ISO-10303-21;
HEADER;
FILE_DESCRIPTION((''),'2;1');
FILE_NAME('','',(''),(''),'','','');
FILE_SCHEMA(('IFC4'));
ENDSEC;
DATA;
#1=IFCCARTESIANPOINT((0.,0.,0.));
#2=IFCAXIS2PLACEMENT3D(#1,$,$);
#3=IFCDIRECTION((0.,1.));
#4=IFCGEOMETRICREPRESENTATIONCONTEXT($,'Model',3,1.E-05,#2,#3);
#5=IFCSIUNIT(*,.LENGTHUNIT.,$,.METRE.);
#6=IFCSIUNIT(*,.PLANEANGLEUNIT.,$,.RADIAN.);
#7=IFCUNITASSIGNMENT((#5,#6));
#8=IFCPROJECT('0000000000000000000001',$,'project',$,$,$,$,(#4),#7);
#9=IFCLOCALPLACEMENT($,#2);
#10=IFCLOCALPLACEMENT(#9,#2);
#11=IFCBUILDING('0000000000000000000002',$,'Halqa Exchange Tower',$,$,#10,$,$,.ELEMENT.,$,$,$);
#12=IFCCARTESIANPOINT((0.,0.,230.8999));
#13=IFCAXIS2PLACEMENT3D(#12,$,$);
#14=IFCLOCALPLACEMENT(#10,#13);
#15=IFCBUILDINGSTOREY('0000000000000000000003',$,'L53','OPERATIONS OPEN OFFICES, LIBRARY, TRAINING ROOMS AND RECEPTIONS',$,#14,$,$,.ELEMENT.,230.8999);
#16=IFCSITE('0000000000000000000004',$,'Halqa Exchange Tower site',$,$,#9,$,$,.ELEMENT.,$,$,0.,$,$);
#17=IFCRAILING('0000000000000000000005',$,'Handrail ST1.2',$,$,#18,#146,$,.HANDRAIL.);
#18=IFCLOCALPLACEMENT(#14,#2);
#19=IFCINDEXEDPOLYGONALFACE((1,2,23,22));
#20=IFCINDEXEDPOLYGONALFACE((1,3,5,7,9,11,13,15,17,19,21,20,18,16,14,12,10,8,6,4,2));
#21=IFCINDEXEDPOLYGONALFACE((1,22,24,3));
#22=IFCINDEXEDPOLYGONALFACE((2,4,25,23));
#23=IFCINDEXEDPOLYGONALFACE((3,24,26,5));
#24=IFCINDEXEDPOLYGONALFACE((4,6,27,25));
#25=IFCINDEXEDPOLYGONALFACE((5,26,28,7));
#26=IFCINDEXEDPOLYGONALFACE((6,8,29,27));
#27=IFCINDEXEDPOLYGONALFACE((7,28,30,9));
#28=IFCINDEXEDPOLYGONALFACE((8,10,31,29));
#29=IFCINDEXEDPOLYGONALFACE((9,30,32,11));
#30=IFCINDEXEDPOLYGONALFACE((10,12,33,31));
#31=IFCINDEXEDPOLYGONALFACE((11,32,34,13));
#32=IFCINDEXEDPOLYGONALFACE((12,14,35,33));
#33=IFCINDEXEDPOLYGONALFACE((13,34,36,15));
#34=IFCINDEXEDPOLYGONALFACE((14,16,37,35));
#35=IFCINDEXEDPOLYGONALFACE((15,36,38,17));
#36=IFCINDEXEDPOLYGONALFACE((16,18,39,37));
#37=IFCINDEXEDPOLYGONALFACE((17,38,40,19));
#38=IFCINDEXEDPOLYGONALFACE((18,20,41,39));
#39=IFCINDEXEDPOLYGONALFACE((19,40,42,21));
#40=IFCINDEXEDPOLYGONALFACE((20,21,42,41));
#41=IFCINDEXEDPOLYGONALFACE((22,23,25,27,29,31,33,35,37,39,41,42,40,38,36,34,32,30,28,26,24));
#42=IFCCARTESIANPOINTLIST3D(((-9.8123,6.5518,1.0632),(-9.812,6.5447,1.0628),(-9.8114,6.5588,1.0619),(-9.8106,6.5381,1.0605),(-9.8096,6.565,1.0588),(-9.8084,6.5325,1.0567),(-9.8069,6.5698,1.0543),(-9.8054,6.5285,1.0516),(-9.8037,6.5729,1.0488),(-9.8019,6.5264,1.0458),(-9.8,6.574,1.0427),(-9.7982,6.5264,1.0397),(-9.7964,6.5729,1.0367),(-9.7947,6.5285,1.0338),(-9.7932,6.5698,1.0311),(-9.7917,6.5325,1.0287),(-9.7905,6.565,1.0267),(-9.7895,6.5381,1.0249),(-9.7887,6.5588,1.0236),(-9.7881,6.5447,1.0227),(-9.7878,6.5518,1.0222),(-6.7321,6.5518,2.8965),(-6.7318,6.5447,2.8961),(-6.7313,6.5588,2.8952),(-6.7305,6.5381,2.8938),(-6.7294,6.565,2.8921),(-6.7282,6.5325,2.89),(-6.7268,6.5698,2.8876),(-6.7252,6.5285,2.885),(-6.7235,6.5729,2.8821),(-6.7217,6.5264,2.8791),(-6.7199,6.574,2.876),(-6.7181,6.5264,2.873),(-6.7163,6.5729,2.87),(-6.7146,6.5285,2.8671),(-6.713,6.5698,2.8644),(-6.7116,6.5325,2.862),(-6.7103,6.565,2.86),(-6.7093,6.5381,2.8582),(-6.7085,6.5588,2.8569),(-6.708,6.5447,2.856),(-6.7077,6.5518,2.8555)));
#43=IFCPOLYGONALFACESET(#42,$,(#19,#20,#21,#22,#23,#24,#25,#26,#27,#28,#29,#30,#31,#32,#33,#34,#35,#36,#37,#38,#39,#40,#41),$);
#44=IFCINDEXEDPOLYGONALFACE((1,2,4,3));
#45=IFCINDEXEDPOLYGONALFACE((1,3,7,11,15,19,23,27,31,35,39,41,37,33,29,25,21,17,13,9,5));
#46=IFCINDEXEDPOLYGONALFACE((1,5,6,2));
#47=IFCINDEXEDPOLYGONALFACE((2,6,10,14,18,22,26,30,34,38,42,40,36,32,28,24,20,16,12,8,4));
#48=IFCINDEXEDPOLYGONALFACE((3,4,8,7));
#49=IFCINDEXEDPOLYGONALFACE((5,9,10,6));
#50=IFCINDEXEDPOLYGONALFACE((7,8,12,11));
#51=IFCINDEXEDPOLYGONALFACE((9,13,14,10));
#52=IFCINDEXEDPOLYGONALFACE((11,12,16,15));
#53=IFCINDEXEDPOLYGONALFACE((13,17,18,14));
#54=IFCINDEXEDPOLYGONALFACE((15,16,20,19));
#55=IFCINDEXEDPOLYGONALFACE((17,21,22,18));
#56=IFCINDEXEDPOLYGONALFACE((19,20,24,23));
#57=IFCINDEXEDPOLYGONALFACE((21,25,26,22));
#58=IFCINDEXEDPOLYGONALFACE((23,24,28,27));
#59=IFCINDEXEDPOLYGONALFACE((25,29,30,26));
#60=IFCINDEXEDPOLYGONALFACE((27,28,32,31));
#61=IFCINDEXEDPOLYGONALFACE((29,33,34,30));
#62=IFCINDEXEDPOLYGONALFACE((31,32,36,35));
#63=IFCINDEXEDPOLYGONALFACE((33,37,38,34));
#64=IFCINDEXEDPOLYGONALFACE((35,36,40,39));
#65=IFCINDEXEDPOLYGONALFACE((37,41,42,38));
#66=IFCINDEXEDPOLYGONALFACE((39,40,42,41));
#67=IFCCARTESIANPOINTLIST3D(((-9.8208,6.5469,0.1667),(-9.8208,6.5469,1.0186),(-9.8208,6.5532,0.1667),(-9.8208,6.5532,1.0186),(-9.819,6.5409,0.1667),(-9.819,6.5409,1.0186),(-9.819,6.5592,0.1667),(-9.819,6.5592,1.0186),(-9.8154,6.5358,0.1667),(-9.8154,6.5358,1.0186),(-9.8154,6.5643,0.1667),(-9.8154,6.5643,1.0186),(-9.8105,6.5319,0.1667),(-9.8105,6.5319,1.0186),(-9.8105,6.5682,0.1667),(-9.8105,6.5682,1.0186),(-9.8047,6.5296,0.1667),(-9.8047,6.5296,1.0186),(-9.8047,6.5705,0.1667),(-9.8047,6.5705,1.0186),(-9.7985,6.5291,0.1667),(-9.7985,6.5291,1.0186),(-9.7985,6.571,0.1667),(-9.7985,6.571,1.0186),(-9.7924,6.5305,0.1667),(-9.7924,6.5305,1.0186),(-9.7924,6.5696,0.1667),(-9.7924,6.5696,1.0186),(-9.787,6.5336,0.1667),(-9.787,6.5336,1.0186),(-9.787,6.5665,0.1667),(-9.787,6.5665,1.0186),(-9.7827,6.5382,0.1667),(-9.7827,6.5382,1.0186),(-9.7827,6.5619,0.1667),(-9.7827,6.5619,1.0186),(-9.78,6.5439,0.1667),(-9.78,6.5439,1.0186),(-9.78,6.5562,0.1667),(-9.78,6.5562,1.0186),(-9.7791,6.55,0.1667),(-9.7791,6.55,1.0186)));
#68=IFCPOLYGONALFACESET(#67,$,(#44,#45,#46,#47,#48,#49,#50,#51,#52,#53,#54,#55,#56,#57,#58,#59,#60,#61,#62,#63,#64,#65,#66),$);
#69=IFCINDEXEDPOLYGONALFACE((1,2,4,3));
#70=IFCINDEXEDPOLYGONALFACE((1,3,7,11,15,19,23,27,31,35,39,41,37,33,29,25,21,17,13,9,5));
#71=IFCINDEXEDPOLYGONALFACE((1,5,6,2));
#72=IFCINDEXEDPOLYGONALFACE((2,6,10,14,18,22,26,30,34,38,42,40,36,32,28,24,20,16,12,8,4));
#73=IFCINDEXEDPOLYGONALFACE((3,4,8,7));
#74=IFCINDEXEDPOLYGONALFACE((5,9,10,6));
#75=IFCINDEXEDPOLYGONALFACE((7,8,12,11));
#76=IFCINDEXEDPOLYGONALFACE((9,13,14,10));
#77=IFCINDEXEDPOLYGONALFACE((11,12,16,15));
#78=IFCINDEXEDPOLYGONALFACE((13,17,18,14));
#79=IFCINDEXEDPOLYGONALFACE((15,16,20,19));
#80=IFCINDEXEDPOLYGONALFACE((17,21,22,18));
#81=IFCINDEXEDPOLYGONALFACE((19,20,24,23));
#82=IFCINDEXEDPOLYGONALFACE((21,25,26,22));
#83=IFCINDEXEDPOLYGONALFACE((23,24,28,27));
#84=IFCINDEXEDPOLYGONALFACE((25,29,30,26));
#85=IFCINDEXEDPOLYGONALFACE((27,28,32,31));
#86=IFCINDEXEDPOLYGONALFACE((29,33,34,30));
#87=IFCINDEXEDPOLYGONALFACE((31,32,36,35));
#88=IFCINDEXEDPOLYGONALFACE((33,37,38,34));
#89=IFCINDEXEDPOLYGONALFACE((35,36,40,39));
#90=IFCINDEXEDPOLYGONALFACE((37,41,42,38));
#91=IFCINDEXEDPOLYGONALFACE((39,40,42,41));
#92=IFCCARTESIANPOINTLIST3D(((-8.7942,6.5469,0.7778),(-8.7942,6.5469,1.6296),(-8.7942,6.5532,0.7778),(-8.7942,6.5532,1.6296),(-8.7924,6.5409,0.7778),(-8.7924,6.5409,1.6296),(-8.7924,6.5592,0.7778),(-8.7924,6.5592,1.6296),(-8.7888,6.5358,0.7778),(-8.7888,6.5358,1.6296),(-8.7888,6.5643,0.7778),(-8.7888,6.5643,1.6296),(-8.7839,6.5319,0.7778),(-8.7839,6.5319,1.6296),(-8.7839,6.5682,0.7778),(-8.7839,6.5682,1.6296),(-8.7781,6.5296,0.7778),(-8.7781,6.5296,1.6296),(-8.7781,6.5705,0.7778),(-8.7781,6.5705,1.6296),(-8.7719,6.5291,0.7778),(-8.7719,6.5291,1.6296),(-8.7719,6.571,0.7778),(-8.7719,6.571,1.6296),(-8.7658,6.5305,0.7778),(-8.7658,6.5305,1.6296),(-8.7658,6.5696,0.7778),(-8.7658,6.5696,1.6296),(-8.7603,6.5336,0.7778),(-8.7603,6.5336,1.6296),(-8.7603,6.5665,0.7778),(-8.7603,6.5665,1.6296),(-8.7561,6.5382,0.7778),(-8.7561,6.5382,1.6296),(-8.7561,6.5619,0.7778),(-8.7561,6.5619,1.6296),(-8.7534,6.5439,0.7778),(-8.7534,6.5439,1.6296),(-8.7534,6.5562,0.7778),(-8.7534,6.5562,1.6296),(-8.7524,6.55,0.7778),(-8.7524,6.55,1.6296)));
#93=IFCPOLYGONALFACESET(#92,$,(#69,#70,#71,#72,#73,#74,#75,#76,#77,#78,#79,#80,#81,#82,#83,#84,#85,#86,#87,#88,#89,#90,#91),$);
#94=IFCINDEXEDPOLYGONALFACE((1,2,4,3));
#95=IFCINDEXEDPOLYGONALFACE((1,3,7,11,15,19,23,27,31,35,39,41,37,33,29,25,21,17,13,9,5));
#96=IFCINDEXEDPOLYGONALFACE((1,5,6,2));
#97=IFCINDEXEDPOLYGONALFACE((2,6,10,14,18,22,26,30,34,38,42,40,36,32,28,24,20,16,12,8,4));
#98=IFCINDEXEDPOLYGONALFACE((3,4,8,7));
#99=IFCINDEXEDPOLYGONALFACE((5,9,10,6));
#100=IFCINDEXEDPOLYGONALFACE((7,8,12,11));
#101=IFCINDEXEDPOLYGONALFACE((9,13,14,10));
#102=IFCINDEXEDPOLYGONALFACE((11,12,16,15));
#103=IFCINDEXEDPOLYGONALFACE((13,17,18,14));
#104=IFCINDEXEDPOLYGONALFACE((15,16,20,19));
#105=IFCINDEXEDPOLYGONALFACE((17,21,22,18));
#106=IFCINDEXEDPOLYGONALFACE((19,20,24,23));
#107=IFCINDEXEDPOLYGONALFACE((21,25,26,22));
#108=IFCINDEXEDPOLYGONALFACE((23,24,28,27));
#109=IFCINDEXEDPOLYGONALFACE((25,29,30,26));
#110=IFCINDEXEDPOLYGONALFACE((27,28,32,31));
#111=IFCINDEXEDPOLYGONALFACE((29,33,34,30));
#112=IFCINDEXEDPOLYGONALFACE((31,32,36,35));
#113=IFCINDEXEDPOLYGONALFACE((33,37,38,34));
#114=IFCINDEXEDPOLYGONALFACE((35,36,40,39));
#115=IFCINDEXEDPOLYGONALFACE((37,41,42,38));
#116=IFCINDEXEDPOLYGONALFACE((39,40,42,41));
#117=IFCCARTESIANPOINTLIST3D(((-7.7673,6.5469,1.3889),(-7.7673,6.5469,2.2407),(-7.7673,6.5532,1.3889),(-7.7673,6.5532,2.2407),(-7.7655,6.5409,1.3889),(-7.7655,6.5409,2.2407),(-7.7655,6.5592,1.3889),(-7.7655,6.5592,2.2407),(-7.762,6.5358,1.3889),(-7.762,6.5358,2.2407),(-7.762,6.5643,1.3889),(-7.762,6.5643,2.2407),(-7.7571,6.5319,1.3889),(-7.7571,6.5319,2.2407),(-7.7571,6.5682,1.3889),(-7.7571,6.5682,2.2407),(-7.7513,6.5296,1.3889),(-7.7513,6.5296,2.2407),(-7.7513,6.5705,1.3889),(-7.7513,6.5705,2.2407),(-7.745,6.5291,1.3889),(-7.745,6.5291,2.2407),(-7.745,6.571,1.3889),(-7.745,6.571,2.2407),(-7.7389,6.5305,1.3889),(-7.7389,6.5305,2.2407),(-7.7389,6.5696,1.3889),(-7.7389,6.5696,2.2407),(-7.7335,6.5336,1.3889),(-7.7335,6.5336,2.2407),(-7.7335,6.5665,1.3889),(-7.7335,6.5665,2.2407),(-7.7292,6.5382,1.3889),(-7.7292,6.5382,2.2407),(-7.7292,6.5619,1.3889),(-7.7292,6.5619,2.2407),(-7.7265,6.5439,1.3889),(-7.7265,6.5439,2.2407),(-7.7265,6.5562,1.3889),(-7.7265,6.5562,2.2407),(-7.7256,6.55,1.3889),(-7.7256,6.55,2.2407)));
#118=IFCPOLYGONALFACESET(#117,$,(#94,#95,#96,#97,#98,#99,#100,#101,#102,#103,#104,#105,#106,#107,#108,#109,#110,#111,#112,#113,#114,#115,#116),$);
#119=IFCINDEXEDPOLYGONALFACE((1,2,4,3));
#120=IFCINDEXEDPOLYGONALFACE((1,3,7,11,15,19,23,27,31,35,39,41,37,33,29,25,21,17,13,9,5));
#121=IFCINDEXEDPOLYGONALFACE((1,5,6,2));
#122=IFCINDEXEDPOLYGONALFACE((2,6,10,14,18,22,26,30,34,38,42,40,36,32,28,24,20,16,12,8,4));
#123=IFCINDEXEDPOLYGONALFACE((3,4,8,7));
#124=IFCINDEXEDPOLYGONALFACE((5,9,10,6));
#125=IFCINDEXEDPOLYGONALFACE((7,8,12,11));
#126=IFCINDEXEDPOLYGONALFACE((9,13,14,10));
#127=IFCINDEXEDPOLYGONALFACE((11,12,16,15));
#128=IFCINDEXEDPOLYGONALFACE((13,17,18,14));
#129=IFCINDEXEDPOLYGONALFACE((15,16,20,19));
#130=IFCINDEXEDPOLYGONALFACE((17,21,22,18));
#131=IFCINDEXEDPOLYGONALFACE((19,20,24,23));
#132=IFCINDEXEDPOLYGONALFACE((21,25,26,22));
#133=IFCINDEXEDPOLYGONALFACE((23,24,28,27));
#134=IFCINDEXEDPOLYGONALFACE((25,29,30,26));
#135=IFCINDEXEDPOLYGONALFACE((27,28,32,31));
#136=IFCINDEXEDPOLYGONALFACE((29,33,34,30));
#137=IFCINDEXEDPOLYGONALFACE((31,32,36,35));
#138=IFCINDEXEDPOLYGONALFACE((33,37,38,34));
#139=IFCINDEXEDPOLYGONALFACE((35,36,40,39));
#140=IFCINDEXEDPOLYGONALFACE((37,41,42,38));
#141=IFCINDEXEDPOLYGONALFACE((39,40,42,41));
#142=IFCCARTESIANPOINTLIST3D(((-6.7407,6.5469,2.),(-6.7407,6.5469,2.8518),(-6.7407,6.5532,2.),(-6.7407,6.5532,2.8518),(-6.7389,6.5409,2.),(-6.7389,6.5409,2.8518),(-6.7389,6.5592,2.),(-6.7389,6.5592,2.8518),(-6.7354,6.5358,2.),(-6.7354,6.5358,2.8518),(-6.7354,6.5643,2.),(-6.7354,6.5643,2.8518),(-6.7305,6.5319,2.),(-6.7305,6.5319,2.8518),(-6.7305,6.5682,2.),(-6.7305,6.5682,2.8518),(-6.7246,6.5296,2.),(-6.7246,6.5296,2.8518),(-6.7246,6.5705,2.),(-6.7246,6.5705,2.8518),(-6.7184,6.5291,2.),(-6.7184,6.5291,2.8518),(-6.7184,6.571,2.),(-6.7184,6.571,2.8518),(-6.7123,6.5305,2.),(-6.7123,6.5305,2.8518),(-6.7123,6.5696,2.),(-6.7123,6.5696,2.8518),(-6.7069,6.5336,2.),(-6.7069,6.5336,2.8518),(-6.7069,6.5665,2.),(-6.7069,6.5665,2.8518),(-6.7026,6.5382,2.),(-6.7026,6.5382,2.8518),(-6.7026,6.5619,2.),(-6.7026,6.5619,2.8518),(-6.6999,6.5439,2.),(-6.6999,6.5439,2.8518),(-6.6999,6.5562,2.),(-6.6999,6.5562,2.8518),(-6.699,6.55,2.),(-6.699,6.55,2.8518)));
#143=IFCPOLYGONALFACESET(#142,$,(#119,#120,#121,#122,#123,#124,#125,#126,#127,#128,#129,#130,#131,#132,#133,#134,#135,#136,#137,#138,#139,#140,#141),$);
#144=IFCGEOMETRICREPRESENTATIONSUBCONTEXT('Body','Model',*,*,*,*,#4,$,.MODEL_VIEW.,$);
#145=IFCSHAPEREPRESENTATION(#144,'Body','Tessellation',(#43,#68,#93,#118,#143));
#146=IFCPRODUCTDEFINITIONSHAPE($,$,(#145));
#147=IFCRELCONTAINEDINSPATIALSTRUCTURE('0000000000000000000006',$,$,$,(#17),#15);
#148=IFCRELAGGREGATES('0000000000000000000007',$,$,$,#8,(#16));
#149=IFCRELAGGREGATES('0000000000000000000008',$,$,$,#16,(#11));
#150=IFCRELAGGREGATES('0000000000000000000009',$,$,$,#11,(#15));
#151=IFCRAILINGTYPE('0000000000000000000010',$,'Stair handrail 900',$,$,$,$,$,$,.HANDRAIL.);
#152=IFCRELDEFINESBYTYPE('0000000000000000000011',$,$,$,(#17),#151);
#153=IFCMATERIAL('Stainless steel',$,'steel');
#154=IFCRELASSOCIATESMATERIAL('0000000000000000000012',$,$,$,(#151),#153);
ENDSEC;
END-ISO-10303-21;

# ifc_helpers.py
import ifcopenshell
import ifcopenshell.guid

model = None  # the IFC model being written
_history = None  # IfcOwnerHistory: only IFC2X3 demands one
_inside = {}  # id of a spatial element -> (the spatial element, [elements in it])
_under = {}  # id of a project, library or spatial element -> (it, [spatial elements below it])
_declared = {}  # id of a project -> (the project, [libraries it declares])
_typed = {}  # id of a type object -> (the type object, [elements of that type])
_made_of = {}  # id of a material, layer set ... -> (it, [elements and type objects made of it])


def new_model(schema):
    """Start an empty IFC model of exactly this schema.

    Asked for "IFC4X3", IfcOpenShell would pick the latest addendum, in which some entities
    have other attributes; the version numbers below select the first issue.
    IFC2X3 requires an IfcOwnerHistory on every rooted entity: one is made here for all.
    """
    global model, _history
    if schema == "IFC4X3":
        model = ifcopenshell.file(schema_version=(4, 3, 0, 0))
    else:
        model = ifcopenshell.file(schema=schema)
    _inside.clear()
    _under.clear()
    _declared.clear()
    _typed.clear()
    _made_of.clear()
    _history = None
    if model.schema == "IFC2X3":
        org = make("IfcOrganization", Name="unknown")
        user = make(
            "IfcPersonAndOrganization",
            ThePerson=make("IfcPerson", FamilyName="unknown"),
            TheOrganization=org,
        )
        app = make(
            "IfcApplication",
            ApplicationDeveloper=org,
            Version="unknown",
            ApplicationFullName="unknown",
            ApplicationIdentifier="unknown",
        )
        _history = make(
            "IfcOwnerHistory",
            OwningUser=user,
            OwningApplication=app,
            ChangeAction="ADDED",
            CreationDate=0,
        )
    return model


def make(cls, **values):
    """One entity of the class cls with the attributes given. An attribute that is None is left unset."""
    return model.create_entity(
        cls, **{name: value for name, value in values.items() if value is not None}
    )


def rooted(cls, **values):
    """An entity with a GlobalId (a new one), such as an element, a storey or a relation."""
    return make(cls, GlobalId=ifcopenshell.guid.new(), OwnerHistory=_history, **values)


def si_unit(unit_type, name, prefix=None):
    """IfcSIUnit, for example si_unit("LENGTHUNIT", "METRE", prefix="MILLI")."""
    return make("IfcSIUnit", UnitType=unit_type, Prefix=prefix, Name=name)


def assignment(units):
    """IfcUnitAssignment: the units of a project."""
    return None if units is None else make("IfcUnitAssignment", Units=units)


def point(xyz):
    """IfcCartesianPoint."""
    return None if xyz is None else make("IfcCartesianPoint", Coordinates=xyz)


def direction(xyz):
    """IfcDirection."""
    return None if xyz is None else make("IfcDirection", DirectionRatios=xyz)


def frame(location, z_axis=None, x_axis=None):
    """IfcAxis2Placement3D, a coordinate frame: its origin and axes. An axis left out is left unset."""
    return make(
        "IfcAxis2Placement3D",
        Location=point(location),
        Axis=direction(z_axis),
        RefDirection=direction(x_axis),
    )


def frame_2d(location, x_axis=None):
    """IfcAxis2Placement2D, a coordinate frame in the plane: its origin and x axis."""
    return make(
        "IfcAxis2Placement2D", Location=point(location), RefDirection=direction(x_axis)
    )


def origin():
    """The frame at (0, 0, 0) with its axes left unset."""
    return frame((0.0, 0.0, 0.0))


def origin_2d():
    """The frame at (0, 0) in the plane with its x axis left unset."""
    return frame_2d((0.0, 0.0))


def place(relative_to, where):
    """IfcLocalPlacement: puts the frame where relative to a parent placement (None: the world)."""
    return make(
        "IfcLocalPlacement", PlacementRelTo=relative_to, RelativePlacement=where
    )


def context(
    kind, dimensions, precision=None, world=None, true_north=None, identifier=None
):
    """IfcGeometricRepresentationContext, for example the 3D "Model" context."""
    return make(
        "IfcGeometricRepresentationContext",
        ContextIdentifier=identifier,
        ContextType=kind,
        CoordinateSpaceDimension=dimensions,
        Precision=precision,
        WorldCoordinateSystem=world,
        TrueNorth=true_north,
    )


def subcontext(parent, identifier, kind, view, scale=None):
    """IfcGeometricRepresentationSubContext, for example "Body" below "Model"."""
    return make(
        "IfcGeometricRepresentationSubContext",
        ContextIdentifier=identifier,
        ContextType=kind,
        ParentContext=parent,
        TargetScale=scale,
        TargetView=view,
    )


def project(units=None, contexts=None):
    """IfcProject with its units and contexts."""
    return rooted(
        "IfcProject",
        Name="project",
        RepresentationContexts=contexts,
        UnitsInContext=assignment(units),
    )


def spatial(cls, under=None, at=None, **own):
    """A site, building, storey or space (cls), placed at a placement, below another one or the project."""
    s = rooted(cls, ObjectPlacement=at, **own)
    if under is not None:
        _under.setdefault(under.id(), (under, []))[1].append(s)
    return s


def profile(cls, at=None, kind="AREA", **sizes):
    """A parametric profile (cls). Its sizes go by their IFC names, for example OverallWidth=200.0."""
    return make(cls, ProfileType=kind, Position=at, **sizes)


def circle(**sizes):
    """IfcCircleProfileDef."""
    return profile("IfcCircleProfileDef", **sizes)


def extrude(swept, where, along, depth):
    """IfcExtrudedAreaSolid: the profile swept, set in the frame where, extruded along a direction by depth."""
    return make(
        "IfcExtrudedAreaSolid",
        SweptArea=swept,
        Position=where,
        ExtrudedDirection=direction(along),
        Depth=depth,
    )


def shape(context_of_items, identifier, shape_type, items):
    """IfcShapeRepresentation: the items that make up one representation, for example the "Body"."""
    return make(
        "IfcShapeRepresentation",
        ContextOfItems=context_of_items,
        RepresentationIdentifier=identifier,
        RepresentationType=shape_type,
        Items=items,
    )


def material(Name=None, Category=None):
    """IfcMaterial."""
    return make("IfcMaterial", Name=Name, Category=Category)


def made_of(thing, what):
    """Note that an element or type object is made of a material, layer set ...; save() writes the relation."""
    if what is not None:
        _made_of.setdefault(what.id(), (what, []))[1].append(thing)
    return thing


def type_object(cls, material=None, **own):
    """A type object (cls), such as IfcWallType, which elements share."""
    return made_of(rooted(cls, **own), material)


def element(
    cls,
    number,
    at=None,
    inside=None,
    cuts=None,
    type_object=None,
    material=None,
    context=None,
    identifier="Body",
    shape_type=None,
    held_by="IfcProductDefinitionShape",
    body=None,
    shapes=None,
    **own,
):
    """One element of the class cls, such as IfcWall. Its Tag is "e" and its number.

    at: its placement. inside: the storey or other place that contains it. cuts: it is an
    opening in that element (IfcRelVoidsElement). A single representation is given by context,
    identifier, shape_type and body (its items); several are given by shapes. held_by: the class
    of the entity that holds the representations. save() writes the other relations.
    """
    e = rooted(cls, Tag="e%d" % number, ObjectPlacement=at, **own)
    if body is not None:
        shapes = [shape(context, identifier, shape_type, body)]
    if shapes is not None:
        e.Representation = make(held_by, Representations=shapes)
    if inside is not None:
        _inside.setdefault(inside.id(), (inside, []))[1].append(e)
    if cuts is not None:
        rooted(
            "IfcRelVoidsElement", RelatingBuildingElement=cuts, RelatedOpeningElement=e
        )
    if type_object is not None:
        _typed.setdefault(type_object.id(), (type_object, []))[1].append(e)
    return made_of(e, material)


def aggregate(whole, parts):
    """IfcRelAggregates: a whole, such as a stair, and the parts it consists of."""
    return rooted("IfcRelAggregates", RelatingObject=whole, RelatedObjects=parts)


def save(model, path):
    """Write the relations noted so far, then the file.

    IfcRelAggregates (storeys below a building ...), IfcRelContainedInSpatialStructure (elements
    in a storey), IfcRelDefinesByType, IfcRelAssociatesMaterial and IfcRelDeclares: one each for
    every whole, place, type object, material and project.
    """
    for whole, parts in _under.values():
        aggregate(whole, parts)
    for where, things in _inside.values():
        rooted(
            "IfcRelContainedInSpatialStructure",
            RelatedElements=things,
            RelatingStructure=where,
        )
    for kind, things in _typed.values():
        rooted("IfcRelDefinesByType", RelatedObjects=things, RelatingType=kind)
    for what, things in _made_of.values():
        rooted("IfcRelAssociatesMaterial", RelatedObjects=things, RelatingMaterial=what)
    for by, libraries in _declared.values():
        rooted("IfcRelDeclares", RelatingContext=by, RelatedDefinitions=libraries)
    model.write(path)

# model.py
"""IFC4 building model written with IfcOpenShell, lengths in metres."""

from ifc_helpers import new_model, si_unit, direction, frame, origin, origin_2d, place, context, subcontext, project, spatial, circle, extrude, material, type_object, element, save


model = new_model("IFC4")

# Units and contexts
model_context = context("Model", 3, precision=1e-05, world=origin(), true_north=direction((0.0, 1.0)))
body_context = subcontext(model_context, "Body", "Model", "MODEL_VIEW")
ifc_project = project(units=[si_unit("LENGTHUNIT", "METRE"), si_unit("PLANEANGLEUNIT", "RADIAN")], contexts=[model_context])

# Site, building, storey
site_placement = place(None, origin())
site = spatial("IfcSite", under=ifc_project, at=site_placement, Name="Halqa Exchange Tower site", CompositionType="ELEMENT", RefElevation=0.0)
building_placement = place(site_placement, origin())
building = spatial("IfcBuilding", under=site, at=building_placement, Name="Halqa Exchange Tower", CompositionType="ELEMENT")
storey_placement = place(building_placement, frame((0.0, 0.0, 230.8999)))
storey = spatial("IfcBuildingStorey", under=building, at=storey_placement, Name="L53", Description="OPERATIONS OPEN OFFICES, LIBRARY, TRAINING ROOMS AND RECEPTIONS", CompositionType="ELEMENT", Elevation=230.8999)

# Railing
ifc_material_1 = material(Name="Stainless steel", Category="steel")
railing_type_1 = type_object("IfcRailingType", Name="Stair handrail 900", PredefinedType="HANDRAIL", material=ifc_material_1)
railing_1_placement = place(storey_placement, frame((-9.8, 6.55, 0.1667)))
element("IfcRailing", 1, at=railing_1_placement, inside=storey, type_object=railing_type_1, Name="Handrail ST1.2", PredefinedType="HANDRAIL", context=body_context, shape_type="SweptSolid", body=[
    extrude(circle(Radius=0.0239, at=origin_2d()), frame((0.0, 0.0, 0.876), z_axis=(0.859309, 0.0, 0.511458), x_axis=(0.0, 1.0, 0.0)), (0.0, 0.0, 1.0), 3.5845),
    extrude(circle(Radius=0.021, at=origin_2d()), origin(), (0.0, 0.0, 1.0), 0.8518),
    extrude(circle(Radius=0.021, at=origin_2d()), frame((1.0266, 0.0, 0.6111)), (0.0, 0.0, 1.0), 0.8518),
    extrude(circle(Radius=0.021, at=origin_2d()), frame((2.0535, 0.0, 1.2222)), (0.0, 0.0, 1.0), 0.8518),
    extrude(circle(Radius=0.021, at=origin_2d()), frame((3.0801, 0.0, 1.8333)), (0.0, 0.0, 1.0), 0.8518),
])

save(model, "model.ifc")
